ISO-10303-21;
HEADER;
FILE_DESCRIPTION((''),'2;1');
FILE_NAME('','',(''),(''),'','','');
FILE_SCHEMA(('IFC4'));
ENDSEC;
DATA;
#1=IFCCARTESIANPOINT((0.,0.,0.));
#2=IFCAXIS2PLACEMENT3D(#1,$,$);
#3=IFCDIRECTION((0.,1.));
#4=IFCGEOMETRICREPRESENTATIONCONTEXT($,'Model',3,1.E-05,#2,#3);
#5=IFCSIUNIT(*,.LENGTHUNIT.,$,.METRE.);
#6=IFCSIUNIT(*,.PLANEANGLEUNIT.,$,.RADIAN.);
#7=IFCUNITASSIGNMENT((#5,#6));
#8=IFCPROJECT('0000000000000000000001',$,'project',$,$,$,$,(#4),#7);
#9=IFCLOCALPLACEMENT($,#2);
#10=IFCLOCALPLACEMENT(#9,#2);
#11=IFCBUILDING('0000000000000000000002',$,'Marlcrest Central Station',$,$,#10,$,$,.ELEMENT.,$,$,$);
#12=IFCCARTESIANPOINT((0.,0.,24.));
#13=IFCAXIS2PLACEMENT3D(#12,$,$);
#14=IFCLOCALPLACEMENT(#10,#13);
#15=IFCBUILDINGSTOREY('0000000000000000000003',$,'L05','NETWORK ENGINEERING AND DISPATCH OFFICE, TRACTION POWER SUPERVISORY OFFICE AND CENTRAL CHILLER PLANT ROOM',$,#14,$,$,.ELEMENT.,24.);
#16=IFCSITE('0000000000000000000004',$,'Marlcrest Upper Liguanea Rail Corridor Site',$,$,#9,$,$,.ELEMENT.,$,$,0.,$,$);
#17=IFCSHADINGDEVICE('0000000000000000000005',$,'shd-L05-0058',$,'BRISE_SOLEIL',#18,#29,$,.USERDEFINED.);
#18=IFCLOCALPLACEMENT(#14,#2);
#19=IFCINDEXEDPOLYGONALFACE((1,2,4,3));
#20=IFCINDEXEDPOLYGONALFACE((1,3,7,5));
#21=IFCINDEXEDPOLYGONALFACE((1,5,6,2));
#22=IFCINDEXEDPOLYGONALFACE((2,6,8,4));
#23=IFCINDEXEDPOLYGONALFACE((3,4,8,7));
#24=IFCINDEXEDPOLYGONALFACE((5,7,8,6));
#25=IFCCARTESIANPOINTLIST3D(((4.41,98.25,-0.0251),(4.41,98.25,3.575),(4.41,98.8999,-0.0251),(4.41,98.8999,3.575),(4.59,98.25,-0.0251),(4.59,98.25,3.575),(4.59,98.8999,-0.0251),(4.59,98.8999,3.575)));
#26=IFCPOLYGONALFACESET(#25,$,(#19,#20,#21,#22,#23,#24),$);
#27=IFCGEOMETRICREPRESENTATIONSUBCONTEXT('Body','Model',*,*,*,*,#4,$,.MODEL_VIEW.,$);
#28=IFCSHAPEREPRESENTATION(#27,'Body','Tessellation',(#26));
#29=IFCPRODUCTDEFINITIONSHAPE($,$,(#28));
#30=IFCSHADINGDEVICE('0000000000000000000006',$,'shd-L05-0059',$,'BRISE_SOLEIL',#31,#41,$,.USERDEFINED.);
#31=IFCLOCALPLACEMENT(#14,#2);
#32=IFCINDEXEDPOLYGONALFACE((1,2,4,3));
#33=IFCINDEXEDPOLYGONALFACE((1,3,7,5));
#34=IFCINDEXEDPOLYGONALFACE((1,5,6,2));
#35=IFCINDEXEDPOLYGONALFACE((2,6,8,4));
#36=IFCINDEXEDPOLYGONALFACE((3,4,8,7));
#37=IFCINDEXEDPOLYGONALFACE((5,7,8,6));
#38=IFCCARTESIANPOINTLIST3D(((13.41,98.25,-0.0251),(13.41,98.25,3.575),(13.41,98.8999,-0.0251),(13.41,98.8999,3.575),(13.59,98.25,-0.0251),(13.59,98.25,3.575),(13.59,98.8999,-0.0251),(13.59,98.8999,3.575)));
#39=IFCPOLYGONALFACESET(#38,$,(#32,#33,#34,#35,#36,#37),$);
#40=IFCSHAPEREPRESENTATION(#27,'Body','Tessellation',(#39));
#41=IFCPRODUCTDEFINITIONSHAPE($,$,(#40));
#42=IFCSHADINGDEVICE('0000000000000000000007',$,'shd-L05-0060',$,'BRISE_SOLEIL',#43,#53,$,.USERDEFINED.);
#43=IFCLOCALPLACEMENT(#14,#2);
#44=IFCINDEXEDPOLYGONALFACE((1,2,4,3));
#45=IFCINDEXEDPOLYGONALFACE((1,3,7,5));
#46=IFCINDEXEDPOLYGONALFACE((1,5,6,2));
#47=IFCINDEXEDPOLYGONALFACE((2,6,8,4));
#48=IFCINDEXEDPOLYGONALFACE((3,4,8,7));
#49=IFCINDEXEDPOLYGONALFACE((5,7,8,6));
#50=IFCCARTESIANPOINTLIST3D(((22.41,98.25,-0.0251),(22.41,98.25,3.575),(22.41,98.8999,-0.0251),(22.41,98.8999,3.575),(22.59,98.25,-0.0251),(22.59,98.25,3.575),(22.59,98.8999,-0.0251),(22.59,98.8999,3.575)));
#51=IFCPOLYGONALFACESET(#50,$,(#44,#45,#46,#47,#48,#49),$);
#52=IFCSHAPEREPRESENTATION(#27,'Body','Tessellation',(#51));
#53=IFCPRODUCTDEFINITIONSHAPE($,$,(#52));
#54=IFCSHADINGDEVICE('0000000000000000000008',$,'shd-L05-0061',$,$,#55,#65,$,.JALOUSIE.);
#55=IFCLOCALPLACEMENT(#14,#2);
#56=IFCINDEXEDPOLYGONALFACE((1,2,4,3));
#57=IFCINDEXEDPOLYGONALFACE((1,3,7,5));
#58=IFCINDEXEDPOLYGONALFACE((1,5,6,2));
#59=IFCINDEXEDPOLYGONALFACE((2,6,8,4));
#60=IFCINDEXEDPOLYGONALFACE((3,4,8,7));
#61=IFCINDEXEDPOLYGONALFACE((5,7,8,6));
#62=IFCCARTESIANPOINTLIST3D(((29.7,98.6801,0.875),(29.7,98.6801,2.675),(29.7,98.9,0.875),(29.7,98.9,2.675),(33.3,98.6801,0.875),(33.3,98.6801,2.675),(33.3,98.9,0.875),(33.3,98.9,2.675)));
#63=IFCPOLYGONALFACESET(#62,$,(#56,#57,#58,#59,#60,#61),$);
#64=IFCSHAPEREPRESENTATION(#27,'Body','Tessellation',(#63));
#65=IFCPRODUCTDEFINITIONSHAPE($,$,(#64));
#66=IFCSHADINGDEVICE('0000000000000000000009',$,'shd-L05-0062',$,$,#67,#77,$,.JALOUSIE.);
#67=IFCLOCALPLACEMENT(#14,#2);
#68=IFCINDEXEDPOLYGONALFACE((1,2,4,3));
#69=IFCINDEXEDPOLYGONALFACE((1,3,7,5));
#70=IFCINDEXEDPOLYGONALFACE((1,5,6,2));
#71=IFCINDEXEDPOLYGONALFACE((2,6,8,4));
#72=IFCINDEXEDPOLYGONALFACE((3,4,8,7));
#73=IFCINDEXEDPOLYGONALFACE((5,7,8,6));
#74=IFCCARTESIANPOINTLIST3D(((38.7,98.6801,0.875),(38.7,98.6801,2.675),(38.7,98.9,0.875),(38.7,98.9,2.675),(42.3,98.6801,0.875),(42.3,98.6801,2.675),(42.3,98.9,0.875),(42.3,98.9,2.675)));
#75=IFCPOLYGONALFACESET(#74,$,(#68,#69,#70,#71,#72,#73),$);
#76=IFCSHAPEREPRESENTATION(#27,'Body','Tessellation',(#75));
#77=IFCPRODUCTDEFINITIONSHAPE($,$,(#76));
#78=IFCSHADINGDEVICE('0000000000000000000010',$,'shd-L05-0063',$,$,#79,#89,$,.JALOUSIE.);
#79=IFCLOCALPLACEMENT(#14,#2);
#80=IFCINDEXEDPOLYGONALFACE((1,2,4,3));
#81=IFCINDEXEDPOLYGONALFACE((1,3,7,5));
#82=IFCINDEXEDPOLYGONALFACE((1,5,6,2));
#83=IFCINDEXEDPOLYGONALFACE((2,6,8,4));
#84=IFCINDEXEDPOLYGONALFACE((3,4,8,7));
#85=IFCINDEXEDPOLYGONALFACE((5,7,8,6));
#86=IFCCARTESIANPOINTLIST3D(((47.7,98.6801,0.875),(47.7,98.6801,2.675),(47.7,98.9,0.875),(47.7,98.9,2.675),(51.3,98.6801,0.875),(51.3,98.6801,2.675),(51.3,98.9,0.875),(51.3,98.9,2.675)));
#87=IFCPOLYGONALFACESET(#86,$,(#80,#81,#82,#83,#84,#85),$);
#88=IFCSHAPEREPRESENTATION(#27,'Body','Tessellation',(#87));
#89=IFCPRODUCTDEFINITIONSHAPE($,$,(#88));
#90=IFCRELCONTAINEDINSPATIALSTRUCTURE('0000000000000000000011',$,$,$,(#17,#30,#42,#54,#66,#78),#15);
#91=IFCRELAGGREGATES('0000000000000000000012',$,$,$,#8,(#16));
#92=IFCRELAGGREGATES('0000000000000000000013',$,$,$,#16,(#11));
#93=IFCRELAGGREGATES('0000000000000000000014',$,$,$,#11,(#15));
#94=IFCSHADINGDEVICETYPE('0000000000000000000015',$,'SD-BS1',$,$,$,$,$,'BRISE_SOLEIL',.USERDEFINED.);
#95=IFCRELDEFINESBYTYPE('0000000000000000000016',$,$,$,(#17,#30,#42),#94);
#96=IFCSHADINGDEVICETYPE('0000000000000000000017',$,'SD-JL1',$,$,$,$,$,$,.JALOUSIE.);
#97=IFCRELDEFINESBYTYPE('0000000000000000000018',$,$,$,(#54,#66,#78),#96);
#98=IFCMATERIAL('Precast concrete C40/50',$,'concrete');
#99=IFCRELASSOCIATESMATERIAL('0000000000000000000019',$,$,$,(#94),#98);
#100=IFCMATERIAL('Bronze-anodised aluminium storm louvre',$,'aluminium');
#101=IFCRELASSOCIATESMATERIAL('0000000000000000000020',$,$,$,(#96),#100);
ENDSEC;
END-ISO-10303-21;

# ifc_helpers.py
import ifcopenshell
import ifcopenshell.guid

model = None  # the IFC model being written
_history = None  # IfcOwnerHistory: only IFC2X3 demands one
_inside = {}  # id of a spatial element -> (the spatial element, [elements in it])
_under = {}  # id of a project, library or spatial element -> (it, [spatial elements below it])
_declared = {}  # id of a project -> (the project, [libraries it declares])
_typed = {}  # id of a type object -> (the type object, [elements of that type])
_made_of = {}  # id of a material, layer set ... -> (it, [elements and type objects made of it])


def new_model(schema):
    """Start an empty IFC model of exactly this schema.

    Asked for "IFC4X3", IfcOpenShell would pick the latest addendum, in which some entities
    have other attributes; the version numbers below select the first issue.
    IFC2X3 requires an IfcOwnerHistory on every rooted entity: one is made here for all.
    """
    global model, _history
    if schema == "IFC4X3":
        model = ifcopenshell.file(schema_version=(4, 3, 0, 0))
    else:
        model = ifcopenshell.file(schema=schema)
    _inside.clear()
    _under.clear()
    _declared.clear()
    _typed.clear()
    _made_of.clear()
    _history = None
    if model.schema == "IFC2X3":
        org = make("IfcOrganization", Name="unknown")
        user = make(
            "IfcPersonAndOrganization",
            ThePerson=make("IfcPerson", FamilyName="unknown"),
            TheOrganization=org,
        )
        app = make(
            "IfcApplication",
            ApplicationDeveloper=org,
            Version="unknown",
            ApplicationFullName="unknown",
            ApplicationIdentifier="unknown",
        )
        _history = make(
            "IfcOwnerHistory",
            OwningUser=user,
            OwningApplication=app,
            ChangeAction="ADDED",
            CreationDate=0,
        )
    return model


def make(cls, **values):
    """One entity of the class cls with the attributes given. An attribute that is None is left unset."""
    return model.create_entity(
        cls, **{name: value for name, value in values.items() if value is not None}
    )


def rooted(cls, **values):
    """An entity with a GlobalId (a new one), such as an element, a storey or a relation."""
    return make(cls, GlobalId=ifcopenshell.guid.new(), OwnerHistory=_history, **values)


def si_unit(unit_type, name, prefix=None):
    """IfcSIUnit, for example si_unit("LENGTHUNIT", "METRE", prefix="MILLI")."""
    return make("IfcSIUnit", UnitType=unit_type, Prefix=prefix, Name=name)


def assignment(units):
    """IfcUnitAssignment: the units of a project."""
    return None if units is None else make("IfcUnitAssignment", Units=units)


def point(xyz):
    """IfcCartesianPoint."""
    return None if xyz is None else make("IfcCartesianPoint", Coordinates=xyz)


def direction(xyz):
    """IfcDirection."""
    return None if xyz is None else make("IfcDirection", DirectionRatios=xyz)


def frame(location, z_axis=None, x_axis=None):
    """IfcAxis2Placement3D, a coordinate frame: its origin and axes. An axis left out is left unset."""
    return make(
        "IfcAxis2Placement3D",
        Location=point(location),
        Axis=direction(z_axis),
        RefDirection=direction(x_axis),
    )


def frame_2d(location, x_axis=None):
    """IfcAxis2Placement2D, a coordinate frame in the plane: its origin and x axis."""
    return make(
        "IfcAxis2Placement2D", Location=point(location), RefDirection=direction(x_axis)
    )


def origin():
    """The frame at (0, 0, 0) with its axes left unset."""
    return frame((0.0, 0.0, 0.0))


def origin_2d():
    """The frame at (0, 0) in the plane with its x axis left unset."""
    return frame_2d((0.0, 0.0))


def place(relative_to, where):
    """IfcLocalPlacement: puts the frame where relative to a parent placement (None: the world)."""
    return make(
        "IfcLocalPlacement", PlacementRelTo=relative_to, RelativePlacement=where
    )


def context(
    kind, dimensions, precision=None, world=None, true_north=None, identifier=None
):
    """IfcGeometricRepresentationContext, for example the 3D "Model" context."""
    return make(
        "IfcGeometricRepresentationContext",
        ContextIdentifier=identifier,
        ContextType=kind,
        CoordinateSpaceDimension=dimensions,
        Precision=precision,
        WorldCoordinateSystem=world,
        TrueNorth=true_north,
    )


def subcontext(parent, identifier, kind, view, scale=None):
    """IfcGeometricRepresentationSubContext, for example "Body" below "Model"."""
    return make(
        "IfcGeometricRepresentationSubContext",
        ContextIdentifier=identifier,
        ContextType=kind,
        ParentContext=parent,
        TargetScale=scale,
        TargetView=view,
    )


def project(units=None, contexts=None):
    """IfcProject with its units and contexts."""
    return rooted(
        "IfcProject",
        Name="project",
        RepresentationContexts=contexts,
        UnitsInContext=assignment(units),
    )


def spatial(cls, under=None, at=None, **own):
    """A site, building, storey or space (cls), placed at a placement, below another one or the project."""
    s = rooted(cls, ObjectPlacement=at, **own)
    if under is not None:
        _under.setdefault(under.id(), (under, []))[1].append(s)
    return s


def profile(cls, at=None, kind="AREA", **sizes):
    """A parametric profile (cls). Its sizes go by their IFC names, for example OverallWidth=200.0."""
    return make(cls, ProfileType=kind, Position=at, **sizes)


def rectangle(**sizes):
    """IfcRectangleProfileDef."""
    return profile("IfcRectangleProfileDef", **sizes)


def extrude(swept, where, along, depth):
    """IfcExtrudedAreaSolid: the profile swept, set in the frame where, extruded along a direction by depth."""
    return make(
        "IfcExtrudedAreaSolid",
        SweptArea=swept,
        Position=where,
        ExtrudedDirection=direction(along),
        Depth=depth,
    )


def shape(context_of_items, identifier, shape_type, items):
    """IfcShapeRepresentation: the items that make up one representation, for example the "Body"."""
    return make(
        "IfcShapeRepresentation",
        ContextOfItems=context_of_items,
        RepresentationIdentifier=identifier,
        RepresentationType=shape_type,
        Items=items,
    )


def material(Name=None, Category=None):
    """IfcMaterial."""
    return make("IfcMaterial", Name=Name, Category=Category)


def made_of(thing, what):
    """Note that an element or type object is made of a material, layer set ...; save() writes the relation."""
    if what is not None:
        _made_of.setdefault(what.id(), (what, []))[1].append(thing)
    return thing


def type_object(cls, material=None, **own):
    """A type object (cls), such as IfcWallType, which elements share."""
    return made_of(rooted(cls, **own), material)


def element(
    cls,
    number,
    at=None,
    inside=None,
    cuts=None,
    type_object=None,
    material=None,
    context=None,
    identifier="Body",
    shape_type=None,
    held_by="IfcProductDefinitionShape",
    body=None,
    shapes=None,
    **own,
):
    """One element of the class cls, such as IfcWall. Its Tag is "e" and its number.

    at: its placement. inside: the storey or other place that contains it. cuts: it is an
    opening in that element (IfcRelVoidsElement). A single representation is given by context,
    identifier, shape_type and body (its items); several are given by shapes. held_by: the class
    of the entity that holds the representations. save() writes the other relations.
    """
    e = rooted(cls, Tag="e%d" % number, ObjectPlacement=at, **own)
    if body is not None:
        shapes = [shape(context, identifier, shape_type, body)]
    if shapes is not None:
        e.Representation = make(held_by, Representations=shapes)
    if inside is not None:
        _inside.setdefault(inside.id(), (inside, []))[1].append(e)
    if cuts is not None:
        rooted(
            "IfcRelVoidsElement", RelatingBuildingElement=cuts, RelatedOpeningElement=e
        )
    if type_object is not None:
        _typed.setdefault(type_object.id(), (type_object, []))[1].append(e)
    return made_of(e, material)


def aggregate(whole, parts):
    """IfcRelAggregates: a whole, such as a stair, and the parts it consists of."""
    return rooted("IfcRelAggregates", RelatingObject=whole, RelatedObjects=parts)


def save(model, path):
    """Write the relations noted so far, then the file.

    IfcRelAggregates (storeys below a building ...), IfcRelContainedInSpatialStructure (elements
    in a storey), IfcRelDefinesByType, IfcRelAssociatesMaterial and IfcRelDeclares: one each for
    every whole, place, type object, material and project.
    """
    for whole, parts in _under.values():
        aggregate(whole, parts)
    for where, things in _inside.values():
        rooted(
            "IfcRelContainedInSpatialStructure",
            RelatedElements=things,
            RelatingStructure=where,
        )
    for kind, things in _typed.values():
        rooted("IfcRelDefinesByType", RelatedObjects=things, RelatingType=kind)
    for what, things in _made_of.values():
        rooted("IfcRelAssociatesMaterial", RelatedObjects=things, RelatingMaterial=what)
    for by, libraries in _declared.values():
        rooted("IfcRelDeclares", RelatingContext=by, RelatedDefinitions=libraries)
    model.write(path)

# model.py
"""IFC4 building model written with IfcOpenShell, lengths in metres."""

from ifc_helpers import new_model, si_unit, direction, frame, origin, origin_2d, place, context, subcontext, project, spatial, rectangle, extrude, material, type_object, element, save


model = new_model("IFC4")

# Units and contexts
model_context = context("Model", 3, precision=1e-05, world=origin(), true_north=direction((0.0, 1.0)))
body_context = subcontext(model_context, "Body", "Model", "MODEL_VIEW")
ifc_project = project(units=[si_unit("LENGTHUNIT", "METRE"), si_unit("PLANEANGLEUNIT", "RADIAN")], contexts=[model_context])

# Site, building, storey
site_placement = place(None, origin())
site = spatial("IfcSite", under=ifc_project, at=site_placement, Name="Marlcrest Upper Liguanea Rail Corridor Site", CompositionType="ELEMENT", RefElevation=0.0)
building_placement = place(site_placement, origin())
building = spatial("IfcBuilding", under=site, at=building_placement, Name="Marlcrest Central Station", CompositionType="ELEMENT")
storey_placement = place(building_placement, frame((0.0, 0.0, 24.0)))
storey = spatial("IfcBuildingStorey", under=building, at=storey_placement, Name="L05", Description="NETWORK ENGINEERING AND DISPATCH OFFICE, TRACTION POWER SUPERVISORY OFFICE AND CENTRAL CHILLER PLANT ROOM", CompositionType="ELEMENT", Elevation=24.0)

# Shading devices
ifc_material_1 = material(Name="Precast concrete C40/50", Category="concrete")
shading_device_type_1 = type_object("IfcShadingDeviceType", Name="SD-BS1", ElementType="BRISE_SOLEIL", PredefinedType="USERDEFINED", material=ifc_material_1)
for number, where, z_axis, x_axis, name in (
    (1, (4.5, 98.575, -0.0251), (0.0, 0.0, 1.0), (1.0, 0.0, 0.0), "shd-L05-0058"),
    (2, (13.5, 98.575, -0.0251), (0.0, 0.0, 1.0), (1.0, 0.0, 0.0), "shd-L05-0059"),
    (3, (22.5, 98.575, -0.0251), (0.0, 0.0, 1.0), (1.0, 0.0, 0.0), "shd-L05-0060"),
):
    element("IfcShadingDevice", number, at=place(storey_placement, frame(where, z_axis=z_axis, x_axis=x_axis)), inside=storey, type_object=shading_device_type_1, Name=name, ObjectType="BRISE_SOLEIL", PredefinedType="USERDEFINED", context=body_context, shape_type="SweptSolid", body=[
        extrude(rectangle(XDim=0.1799, YDim=0.6499, at=origin_2d()), origin(), (0.0, 0.0, 1.0), 3.6001),
    ])
ifc_material_2 = material(Name="Bronze-anodised aluminium storm louvre", Category="aluminium")
shading_device_type_2 = type_object("IfcShadingDeviceType", Name="SD-JL1", PredefinedType="JALOUSIE", material=ifc_material_2)
for number, where, z_axis, x_axis, name in (
    (4, (31.5, 98.79, 0.875), (0.0, 0.0, 1.0), (1.0, 0.0, 0.0), "shd-L05-0061"),
    (5, (40.5, 98.79, 0.875), (0.0, 0.0, 1.0), (1.0, 0.0, 0.0), "shd-L05-0062"),
    (6, (49.5, 98.79, 0.875), (0.0, 0.0, 1.0), (1.0, 0.0, 0.0), "shd-L05-0063"),
):
    element("IfcShadingDevice", number, at=place(storey_placement, frame(where, z_axis=z_axis, x_axis=x_axis)), inside=storey, type_object=shading_device_type_2, Name=name, PredefinedType="JALOUSIE", context=body_context, shape_type="SweptSolid", body=[
        extrude(rectangle(XDim=3.6001, YDim=0.22, at=origin_2d()), origin(), (0.0, 0.0, 1.0), 1.8),
    ])

save(model, "model.ifc")
